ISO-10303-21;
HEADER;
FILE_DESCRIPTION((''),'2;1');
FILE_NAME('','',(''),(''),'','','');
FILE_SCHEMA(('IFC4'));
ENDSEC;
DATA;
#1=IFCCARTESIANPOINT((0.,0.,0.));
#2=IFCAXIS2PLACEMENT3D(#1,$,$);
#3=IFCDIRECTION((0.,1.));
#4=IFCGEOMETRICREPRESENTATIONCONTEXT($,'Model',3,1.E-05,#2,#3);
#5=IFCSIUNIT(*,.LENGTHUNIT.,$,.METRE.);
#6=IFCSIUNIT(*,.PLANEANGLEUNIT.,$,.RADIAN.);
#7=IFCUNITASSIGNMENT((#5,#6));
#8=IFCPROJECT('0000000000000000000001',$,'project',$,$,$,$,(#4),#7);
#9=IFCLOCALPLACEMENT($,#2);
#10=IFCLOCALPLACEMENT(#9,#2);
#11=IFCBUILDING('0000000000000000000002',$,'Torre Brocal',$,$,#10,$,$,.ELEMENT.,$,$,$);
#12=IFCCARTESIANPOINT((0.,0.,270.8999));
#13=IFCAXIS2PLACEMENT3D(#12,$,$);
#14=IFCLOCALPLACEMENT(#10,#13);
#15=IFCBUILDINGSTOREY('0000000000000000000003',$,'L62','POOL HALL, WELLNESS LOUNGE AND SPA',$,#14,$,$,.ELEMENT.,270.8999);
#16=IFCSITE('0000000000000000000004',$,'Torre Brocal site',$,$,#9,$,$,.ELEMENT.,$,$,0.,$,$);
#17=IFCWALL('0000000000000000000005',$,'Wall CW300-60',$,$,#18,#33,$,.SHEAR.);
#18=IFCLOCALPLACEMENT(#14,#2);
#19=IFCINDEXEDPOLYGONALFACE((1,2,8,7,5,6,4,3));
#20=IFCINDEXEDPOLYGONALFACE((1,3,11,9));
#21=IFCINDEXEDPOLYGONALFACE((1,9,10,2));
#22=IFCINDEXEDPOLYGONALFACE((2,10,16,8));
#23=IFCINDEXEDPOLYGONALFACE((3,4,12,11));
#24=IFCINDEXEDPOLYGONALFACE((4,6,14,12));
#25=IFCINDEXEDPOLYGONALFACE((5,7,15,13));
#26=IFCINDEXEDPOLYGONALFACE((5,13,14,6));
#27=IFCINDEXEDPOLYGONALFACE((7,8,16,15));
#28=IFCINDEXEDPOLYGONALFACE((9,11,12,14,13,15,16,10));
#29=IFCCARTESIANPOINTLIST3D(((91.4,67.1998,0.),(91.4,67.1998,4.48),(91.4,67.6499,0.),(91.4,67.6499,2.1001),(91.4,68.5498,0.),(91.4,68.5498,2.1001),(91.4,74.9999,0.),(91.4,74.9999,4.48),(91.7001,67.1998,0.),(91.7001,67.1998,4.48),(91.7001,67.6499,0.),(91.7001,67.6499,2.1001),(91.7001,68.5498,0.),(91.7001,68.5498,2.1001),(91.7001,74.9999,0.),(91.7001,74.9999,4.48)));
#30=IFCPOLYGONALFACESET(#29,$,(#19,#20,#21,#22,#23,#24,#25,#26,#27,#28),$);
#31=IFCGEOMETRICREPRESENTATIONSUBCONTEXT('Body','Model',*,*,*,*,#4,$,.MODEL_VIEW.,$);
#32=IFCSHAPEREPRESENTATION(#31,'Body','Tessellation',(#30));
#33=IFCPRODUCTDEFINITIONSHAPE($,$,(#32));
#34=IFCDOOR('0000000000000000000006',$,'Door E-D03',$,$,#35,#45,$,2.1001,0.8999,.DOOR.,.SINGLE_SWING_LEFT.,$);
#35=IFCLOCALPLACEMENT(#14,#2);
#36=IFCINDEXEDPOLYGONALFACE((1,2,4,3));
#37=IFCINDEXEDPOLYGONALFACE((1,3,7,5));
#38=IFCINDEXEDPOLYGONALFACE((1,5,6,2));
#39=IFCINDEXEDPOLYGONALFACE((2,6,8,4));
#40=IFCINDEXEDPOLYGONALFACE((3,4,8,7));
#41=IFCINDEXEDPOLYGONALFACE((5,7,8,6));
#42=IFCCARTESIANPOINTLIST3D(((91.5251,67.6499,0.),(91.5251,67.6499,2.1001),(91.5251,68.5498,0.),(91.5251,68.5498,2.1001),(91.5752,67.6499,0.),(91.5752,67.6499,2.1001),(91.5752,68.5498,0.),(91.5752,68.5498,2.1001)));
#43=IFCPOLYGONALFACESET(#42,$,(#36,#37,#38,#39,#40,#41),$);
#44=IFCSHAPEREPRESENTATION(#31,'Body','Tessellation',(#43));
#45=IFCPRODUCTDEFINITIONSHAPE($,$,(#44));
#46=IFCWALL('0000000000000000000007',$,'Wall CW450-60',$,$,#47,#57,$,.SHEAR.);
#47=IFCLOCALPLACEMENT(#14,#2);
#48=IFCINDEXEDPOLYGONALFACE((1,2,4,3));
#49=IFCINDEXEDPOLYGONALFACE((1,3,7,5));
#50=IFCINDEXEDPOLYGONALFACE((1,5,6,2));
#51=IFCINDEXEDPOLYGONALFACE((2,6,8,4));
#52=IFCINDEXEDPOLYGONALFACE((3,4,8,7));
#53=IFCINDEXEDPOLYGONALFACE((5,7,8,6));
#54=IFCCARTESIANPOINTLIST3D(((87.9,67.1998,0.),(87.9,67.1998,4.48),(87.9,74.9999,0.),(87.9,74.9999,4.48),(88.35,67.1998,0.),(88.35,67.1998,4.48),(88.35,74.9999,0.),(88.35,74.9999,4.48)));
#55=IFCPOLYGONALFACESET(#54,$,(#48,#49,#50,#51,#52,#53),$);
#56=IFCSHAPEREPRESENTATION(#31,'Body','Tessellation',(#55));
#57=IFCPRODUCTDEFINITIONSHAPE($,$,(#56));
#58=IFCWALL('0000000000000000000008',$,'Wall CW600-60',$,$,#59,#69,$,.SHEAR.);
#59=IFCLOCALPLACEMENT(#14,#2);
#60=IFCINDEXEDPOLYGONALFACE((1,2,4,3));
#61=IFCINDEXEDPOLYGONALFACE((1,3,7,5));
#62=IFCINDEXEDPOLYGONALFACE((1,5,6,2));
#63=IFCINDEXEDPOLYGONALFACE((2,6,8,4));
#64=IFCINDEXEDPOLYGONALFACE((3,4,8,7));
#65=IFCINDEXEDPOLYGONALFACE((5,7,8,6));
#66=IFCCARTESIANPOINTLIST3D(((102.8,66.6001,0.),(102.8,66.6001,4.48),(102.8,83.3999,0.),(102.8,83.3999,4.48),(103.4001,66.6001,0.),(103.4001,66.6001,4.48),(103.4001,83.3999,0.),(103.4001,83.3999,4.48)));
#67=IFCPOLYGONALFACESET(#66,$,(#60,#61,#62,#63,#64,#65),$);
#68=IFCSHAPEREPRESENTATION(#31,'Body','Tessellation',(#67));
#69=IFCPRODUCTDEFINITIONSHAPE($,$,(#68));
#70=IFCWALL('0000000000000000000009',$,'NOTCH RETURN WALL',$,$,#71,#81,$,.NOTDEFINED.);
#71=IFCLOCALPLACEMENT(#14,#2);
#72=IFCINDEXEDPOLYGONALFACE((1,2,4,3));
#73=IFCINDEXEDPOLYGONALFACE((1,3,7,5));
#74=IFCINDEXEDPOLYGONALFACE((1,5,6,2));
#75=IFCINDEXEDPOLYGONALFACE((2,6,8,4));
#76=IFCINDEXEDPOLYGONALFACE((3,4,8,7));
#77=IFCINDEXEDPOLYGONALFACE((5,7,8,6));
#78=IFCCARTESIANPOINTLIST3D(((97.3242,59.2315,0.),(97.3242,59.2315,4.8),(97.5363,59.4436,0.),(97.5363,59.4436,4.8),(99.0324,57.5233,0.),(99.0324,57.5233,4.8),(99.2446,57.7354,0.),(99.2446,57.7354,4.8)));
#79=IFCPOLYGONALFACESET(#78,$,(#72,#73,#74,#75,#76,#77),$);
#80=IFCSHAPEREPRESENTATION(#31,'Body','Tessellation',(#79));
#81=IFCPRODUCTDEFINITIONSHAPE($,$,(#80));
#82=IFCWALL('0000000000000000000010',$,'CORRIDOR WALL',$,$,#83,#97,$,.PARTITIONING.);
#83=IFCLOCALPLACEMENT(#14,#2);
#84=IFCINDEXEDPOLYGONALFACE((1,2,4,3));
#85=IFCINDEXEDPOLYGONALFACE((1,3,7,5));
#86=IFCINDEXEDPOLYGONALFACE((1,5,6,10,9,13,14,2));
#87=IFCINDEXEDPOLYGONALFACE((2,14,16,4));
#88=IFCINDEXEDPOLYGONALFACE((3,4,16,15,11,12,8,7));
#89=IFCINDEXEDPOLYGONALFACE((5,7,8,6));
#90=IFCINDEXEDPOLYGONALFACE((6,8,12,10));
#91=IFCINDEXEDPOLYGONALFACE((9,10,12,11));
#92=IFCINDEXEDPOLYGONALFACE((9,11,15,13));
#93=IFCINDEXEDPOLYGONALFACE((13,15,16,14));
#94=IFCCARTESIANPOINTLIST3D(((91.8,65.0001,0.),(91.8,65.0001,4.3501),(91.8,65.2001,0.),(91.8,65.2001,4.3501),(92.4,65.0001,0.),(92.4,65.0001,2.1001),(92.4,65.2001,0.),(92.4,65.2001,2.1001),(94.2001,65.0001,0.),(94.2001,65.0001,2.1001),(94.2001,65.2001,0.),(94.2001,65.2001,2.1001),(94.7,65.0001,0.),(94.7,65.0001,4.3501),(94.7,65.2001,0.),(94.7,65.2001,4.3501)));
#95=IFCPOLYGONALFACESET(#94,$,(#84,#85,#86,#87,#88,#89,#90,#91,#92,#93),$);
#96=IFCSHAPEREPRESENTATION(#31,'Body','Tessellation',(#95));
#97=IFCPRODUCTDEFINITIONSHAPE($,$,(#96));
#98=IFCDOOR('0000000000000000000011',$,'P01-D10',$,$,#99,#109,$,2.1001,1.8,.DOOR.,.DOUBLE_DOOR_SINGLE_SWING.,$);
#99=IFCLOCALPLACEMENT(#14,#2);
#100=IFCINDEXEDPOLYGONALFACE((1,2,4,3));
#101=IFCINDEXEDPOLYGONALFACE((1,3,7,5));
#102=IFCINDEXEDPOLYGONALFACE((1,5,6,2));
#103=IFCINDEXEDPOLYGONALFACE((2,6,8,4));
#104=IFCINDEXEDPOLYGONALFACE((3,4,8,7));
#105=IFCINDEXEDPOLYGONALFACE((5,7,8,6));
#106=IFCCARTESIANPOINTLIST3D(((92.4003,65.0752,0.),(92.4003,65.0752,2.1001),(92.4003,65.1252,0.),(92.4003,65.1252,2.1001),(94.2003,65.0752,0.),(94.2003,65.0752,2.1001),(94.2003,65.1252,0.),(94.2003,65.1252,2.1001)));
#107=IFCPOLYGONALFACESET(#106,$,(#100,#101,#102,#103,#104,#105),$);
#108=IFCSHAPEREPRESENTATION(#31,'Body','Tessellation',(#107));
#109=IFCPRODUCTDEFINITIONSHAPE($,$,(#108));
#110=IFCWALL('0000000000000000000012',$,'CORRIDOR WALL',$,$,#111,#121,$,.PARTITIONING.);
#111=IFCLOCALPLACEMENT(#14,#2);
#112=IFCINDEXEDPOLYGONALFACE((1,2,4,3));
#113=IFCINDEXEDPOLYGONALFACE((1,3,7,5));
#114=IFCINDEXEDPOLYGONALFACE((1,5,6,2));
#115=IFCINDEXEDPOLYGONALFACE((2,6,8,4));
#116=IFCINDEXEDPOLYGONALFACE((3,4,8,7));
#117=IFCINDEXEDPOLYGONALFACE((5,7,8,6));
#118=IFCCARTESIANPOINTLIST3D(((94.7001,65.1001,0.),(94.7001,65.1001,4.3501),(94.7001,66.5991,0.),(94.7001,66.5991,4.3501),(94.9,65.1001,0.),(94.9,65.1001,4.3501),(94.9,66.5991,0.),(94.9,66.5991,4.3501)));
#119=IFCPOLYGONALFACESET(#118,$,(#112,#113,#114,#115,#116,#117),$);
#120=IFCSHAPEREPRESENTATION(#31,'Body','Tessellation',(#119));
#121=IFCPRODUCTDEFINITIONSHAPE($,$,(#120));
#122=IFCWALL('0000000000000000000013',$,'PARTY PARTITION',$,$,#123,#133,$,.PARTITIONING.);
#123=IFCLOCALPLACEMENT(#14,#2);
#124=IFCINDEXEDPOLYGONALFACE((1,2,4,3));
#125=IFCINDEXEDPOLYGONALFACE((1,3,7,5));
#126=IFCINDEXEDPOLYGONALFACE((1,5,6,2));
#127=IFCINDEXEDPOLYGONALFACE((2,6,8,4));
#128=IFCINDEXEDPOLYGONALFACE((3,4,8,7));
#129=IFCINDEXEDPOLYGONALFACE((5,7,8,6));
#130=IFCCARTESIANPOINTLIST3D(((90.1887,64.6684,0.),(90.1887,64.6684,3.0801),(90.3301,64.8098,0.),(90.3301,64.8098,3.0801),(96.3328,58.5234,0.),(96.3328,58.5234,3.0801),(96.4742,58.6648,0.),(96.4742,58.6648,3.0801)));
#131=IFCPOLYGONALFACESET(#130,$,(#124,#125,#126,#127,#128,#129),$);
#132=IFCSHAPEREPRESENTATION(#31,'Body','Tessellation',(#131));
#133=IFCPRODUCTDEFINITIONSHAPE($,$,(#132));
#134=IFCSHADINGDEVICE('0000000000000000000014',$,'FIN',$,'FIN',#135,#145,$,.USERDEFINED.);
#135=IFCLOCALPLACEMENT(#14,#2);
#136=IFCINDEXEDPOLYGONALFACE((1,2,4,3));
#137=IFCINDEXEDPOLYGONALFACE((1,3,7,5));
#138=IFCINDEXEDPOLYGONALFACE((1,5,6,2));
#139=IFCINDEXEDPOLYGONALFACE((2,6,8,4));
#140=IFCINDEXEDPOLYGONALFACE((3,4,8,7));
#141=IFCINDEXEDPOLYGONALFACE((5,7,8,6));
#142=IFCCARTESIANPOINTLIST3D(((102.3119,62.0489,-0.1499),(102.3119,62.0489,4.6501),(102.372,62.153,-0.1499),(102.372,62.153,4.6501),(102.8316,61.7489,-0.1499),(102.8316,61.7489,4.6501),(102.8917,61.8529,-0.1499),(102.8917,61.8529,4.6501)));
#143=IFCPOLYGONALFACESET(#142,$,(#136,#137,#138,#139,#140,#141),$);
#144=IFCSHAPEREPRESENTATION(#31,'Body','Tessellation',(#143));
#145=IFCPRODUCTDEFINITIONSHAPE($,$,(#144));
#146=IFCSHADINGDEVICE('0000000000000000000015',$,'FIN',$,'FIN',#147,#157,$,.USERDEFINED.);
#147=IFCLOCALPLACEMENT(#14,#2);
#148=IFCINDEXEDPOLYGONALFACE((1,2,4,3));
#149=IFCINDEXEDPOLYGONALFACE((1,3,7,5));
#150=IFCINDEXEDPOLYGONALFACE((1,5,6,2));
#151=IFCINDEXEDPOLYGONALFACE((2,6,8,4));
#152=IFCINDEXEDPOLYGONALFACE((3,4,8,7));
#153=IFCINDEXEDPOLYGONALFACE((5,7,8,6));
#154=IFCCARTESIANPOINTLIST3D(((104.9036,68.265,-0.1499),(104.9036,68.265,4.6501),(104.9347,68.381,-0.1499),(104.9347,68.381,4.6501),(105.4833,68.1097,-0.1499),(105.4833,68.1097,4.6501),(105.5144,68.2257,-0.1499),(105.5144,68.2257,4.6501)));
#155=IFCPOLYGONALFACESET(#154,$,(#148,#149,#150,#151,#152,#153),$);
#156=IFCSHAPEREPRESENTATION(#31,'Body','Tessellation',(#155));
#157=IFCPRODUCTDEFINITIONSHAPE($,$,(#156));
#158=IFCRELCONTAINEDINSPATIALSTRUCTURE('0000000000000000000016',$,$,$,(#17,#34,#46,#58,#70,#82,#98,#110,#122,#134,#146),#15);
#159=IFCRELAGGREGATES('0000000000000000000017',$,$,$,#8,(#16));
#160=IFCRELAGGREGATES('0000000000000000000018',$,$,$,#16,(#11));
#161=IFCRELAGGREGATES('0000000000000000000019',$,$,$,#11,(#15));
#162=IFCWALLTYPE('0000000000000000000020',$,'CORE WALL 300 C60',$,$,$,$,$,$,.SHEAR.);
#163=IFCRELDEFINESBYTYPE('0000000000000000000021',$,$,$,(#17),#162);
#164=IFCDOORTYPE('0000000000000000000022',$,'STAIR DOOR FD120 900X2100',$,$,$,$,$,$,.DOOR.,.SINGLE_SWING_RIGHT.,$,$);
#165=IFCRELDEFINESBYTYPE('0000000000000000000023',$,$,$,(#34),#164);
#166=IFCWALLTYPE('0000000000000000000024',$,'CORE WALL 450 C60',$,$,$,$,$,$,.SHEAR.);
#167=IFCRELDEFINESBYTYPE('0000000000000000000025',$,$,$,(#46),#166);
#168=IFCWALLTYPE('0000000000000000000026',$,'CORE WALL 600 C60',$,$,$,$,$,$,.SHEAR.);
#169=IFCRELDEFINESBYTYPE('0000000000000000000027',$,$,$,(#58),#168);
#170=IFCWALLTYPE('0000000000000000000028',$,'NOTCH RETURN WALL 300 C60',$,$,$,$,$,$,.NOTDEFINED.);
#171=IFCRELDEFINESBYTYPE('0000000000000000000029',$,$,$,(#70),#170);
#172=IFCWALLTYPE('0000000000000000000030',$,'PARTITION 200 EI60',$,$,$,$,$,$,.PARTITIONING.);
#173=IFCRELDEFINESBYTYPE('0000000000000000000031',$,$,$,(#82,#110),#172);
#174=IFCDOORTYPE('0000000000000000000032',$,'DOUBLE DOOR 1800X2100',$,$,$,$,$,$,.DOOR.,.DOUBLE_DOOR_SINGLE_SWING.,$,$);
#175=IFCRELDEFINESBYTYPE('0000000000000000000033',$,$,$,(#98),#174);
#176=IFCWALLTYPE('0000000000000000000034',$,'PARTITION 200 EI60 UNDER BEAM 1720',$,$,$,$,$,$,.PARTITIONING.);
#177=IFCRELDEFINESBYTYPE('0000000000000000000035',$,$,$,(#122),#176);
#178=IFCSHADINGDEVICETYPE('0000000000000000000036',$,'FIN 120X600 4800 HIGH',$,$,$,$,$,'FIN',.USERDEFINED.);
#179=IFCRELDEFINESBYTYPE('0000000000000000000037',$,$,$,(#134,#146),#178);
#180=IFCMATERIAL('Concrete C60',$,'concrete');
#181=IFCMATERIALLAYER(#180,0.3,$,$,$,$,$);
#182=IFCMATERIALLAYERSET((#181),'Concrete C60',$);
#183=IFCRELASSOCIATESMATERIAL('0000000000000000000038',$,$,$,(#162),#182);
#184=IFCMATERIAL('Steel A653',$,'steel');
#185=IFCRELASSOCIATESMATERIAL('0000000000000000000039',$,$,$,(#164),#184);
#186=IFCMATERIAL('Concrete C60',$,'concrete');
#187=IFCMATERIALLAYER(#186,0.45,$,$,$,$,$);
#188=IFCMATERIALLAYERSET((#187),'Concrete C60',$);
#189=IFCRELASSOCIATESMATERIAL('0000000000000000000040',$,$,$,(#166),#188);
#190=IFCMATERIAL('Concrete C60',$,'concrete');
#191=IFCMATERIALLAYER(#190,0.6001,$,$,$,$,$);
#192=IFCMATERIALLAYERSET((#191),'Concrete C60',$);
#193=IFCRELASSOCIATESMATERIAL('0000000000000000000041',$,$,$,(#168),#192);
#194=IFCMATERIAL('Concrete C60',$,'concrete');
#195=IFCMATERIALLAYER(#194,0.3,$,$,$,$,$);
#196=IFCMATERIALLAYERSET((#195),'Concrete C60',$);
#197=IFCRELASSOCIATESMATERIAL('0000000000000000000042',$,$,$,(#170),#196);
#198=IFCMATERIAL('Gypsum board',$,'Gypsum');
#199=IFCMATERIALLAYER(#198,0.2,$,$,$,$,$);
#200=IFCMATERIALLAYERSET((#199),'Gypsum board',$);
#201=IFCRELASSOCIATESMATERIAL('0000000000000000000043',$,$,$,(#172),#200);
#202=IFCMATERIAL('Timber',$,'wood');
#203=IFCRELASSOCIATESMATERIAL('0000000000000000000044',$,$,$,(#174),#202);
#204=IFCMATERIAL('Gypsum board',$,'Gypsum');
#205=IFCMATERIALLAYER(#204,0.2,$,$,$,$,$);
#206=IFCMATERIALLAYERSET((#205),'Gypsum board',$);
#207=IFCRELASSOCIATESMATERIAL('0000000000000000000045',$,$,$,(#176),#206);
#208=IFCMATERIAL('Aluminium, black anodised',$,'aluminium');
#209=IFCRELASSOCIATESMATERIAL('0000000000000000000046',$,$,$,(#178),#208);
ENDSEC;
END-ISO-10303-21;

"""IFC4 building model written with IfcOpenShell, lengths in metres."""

from ifc_helpers import new_model, si_unit, direction, frame, frame_2d, origin, origin_2d, place, context, subcontext, project, spatial, rectangle, extrude, material, layer, layer_set, material_profile, profile_set, type_object, element, fill, save


model = new_model("IFC4")

# Units and contexts
model_context = context("Model", 3, precision=1e-05, world=origin(), true_north=direction((0.0, 1.0)))
body_context = subcontext(model_context, "Body", "Model", "MODEL_VIEW")
ifc_project = project(units=[si_unit("LENGTHUNIT", "METRE"), si_unit("PLANEANGLEUNIT", "RADIAN")], contexts=[model_context])

# Site, building, storey
site_placement = place(None, origin())
site = spatial("IfcSite", under=ifc_project, at=site_placement, Name="Torre Brocal site", CompositionType="ELEMENT", RefElevation=0.0)
building_placement = place(site_placement, origin())
building = spatial("IfcBuilding", under=site, at=building_placement, Name="Torre Brocal", CompositionType="ELEMENT")
storey_placement = place(building_placement, frame((0.0, 0.0, 270.8999)))
storey = spatial("IfcBuildingStorey", under=building, at=storey_placement, Name="L62", Description="POOL HALL, WELLNESS LOUNGE AND SPA", CompositionType="ELEMENT", Elevation=270.8999)

# Wall, opening, door
ifc_material_1 = material(Name="Concrete C60", Category="concrete")
ifc_layer_1 = layer(ifc_material_1, 0.3)
ifc_layer_set_1 = layer_set([ifc_layer_1], Name="Concrete C60")
wall_type_1 = type_object("IfcWallType", Name="CORE WALL 300 C60", PredefinedType="SHEAR", material=ifc_layer_set_1)
wall_1_placement = place(storey_placement, frame((91.55, 67.2, 0.0), z_axis=(0.0, 0.0, 1.0), x_axis=(0.0, 1.0, 0.0)))
wall_1 = element("IfcWall", 1, at=wall_1_placement, inside=storey, type_object=wall_type_1, Name="Wall CW300-60", PredefinedType="SHEAR", context=body_context, shape_type="SweptSolid", body=[
    extrude(rectangle(XDim=7.8, YDim=0.3, at=frame_2d((3.8999, 0.0))), origin(), (0.0, 0.0, 1.0), 4.48),
])
opening_1_placement = place(wall_1_placement, frame((0.45, 0.0, 0.0)))
opening_1 = element("IfcOpeningElement", 2, at=opening_1_placement, cuts=wall_1, PredefinedType="OPENING", context=body_context, shape_type="SweptSolid", body=[
    extrude(rectangle(XDim=0.8999, YDim=2.1001, at=frame_2d((0.45, 1.05))), frame((0.0, 0.1599, 0.0), z_axis=(0.0, -1.0, 0.0), x_axis=(1.0, 0.0, 0.0)), (0.0, 0.0, 1.0), 0.3201),
])
ifc_material_2 = material(Name="Steel A653", Category="steel")
door_type_1 = type_object("IfcDoorType", Name="STAIR DOOR FD120 900X2100", OperationType="SINGLE_SWING_RIGHT", PredefinedType="DOOR", material=ifc_material_2)
door_1_placement = place(opening_1_placement, origin())
door_1 = element("IfcDoor", 3, at=door_1_placement, inside=storey, type_object=door_type_1, Name="Door E-D03", OperationType="SINGLE_SWING_LEFT", OverallHeight=2.1001, OverallWidth=0.8999, PredefinedType="DOOR", context=body_context, shape_type="SweptSolid", body=[
    extrude(rectangle(XDim=0.8999, YDim=2.1001, at=frame_2d((0.45, 1.05))), frame((0.0, 0.0249, 0.0), z_axis=(0.0, -1.0, 0.0), x_axis=(1.0, 0.0, 0.0)), (0.0, 0.0, 1.0), 0.05),
])
fill(opening_1, door_1)

# Wall
ifc_material_3 = material(Name="Concrete C60", Category="concrete")
ifc_layer_2 = layer(ifc_material_3, 0.45)
ifc_layer_set_2 = layer_set([ifc_layer_2], Name="Concrete C60")
wall_type_2 = type_object("IfcWallType", Name="CORE WALL 450 C60", PredefinedType="SHEAR", material=ifc_layer_set_2)
wall_2_placement = place(storey_placement, frame((88.125, 67.2, 0.0), z_axis=(0.0, 0.0, 1.0), x_axis=(0.0, 1.0, 0.0)))
element("IfcWall", 4, at=wall_2_placement, inside=storey, type_object=wall_type_2, Name="Wall CW450-60", PredefinedType="SHEAR", context=body_context, shape_type="SweptSolid", body=[
    extrude(rectangle(XDim=7.8, YDim=0.45, at=frame_2d((3.8999, 0.0))), origin(), (0.0, 0.0, 1.0), 4.48),
])

# Shared definitions
ifc_material_4 = material(Name="Concrete C60", Category="concrete")
ifc_layer_3 = layer(ifc_material_4, 0.6001)
ifc_layer_set_3 = layer_set([ifc_layer_3], Name="Concrete C60")
wall_type_3 = type_object("IfcWallType", Name="CORE WALL 600 C60", PredefinedType="SHEAR", material=ifc_layer_set_3)

# Walls
wall_3_placement = place(storey_placement, frame((103.1001, 66.6001, 0.0), z_axis=(0.0, 0.0, 1.0), x_axis=(0.0, 1.0, 0.0)))
element("IfcWall", 5, at=wall_3_placement, inside=storey, type_object=wall_type_3, Name="Wall CW600-60", PredefinedType="SHEAR", context=body_context, shape_type="SweptSolid", body=[
    extrude(rectangle(XDim=16.7998, YDim=0.6001, at=frame_2d((8.3999, 0.0))), origin(), (0.0, 0.0, 1.0), 4.48),
])
ifc_material_5 = material(Name="Concrete C60", Category="concrete")
ifc_layer_4 = layer(ifc_material_5, 0.3)
ifc_layer_set_4 = layer_set([ifc_layer_4], Name="Concrete C60")
wall_type_4 = type_object("IfcWallType", Name="NOTCH RETURN WALL 300 C60", PredefinedType="NOTDEFINED", material=ifc_layer_set_4)
wall_4_placement = place(storey_placement, frame((97.4302, 59.3376, 0.0), z_axis=(0.0, 0.0, 1.0), x_axis=(0.707107, -0.707107, 0.0)))
element("IfcWall", 6, at=wall_4_placement, inside=storey, type_object=wall_type_4, Name="NOTCH RETURN WALL", PredefinedType="NOTDEFINED", context=body_context, shape_type="SweptSolid", body=[
    extrude(rectangle(XDim=2.4158, YDim=0.3, at=frame_2d((1.208, 0.0))), origin(), (0.0, 0.0, 1.0), 4.8),
])

# Wall, opening, door
ifc_material_6 = material(Name="Gypsum board", Category="Gypsum")
ifc_layer_5 = layer(ifc_material_6, 0.2)
ifc_layer_set_5 = layer_set([ifc_layer_5], Name="Gypsum board")
wall_type_5 = type_object("IfcWallType", Name="PARTITION 200 EI60", PredefinedType="PARTITIONING", material=ifc_layer_set_5)
wall_5_placement = place(storey_placement, frame((91.8, 65.1001, 0.0), z_axis=(0.0, 0.0, 1.0), x_axis=(1.0, 0.0, 0.0)))
wall_5 = element("IfcWall", 7, at=wall_5_placement, inside=storey, type_object=wall_type_5, Name="CORRIDOR WALL", PredefinedType="PARTITIONING", context=body_context, shape_type="SweptSolid", body=[
    extrude(rectangle(XDim=2.8999, YDim=0.2, at=frame_2d((1.45, 0.0))), origin(), (0.0, 0.0, 1.0), 4.3501),
])
opening_2_placement = place(wall_5_placement, frame((0.6001, 0.0, 0.0)))
opening_2 = element("IfcOpeningElement", 8, at=opening_2_placement, cuts=wall_5, PredefinedType="OPENING", context=body_context, shape_type="SweptSolid", body=[
    extrude(rectangle(XDim=1.8, YDim=2.1001, at=frame_2d((0.8999, 1.05))), frame((0.0, 0.1099, 0.0), z_axis=(0.0, -1.0, 0.0), x_axis=(1.0, 0.0, 0.0)), (0.0, 0.0, 1.0), 0.22),
])
ifc_material_7 = material(Name="Timber", Category="wood")
door_type_2 = type_object("IfcDoorType", Name="DOUBLE DOOR 1800X2100", OperationType="DOUBLE_DOOR_SINGLE_SWING", PredefinedType="DOOR", material=ifc_material_7)
door_2_placement = place(opening_2_placement, frame((1.8, 0.0, 0.0), z_axis=(0.0, 0.0, 1.0), x_axis=(-1.0, 0.0, 0.0)))
door_2 = element("IfcDoor", 9, at=door_2_placement, inside=storey, type_object=door_type_2, Name="P01-D10", OperationType="DOUBLE_DOOR_SINGLE_SWING", OverallHeight=2.1001, OverallWidth=1.8, PredefinedType="DOOR", context=body_context, shape_type="SweptSolid", body=[
    extrude(rectangle(XDim=1.8, YDim=2.1001, at=frame_2d((0.8999, 1.05))), frame((0.0, 0.0249, 0.0), z_axis=(0.0, -1.0, 0.0), x_axis=(1.0, 0.0, 0.0)), (0.0, 0.0, 1.0), 0.05),
])
fill(opening_2, door_2)

# Walls
wall_6_placement = place(storey_placement, frame((94.8, 65.1001, 0.0), z_axis=(0.0, 0.0, 1.0), x_axis=(0.0, 1.0, 0.0)))
element("IfcWall", 10, at=wall_6_placement, inside=storey, type_object=wall_type_5, Name="CORRIDOR WALL", PredefinedType="PARTITIONING", context=body_context, shape_type="SweptSolid", body=[
    extrude(rectangle(XDim=1.499, YDim=0.2, at=frame_2d((0.7495, 0.0))), origin(), (0.0, 0.0, 1.0), 4.3501),
])
ifc_material_8 = material(Name="Gypsum board", Category="Gypsum")
ifc_layer_6 = layer(ifc_material_8, 0.2)
ifc_layer_set_6 = layer_set([ifc_layer_6], Name="Gypsum board")
wall_type_6 = type_object("IfcWallType", Name="PARTITION 200 EI60 UNDER BEAM 1720", PredefinedType="PARTITIONING", material=ifc_layer_set_6)
wall_7_placement = place(storey_placement, frame((90.2595, 64.739, 0.0), z_axis=(0.0, 0.0, 1.0), x_axis=(0.707051, -0.707163, 0.0)))
element("IfcWall", 11, at=wall_7_placement, inside=storey, type_object=wall_type_6, Name="PARTY PARTITION", PredefinedType="PARTITIONING", context=body_context, shape_type="SweptSolid", body=[
    extrude(rectangle(XDim=8.6897, YDim=0.2, at=frame_2d((4.3447, 0.0))), origin(), (0.0, 0.0, 1.0), 3.0801),
])

# Shading devices
ifc_material_9 = material(Name="Aluminium, black anodised", Category="aluminium")
ifc_material_profile_1 = material_profile(ifc_material_9, rectangle(XDim=0.1201, YDim=0.6001, at=origin_2d()), Name="FIN 120X600 4800 HIGH")
ifc_profile_set_1 = profile_set([ifc_material_profile_1], Name="Aluminium, black anodised")
shading_device_type = type_object("IfcShadingDeviceType", Name="FIN 120X600 4800 HIGH", ElementType="FIN", PredefinedType="USERDEFINED", material=ifc_profile_set_1)
for number, where, z_axis, x_axis, name in (
    (12, (102.6018, 61.9509, -0.1499), (0.0, 0.0, 1.0), (0.5, 0.866025, 0.0), "FIN"),
    (13, (105.209, 68.2454, -0.1499), (0.0, 0.0, 1.0), (0.258819, 0.965926, 0.0), "FIN"),
):
    element("IfcShadingDevice", number, at=place(storey_placement, frame(where, z_axis=z_axis, x_axis=x_axis)), inside=storey, type_object=shading_device_type, Name=name, ObjectType="FIN", PredefinedType="USERDEFINED", context=body_context, shape_type="SweptSolid", body=[
        extrude(rectangle(XDim=0.1201, YDim=0.6001, at=origin_2d()), origin(), (0.0, 0.0, 1.0), 4.8),
    ])

save(model, "model.ifc")
